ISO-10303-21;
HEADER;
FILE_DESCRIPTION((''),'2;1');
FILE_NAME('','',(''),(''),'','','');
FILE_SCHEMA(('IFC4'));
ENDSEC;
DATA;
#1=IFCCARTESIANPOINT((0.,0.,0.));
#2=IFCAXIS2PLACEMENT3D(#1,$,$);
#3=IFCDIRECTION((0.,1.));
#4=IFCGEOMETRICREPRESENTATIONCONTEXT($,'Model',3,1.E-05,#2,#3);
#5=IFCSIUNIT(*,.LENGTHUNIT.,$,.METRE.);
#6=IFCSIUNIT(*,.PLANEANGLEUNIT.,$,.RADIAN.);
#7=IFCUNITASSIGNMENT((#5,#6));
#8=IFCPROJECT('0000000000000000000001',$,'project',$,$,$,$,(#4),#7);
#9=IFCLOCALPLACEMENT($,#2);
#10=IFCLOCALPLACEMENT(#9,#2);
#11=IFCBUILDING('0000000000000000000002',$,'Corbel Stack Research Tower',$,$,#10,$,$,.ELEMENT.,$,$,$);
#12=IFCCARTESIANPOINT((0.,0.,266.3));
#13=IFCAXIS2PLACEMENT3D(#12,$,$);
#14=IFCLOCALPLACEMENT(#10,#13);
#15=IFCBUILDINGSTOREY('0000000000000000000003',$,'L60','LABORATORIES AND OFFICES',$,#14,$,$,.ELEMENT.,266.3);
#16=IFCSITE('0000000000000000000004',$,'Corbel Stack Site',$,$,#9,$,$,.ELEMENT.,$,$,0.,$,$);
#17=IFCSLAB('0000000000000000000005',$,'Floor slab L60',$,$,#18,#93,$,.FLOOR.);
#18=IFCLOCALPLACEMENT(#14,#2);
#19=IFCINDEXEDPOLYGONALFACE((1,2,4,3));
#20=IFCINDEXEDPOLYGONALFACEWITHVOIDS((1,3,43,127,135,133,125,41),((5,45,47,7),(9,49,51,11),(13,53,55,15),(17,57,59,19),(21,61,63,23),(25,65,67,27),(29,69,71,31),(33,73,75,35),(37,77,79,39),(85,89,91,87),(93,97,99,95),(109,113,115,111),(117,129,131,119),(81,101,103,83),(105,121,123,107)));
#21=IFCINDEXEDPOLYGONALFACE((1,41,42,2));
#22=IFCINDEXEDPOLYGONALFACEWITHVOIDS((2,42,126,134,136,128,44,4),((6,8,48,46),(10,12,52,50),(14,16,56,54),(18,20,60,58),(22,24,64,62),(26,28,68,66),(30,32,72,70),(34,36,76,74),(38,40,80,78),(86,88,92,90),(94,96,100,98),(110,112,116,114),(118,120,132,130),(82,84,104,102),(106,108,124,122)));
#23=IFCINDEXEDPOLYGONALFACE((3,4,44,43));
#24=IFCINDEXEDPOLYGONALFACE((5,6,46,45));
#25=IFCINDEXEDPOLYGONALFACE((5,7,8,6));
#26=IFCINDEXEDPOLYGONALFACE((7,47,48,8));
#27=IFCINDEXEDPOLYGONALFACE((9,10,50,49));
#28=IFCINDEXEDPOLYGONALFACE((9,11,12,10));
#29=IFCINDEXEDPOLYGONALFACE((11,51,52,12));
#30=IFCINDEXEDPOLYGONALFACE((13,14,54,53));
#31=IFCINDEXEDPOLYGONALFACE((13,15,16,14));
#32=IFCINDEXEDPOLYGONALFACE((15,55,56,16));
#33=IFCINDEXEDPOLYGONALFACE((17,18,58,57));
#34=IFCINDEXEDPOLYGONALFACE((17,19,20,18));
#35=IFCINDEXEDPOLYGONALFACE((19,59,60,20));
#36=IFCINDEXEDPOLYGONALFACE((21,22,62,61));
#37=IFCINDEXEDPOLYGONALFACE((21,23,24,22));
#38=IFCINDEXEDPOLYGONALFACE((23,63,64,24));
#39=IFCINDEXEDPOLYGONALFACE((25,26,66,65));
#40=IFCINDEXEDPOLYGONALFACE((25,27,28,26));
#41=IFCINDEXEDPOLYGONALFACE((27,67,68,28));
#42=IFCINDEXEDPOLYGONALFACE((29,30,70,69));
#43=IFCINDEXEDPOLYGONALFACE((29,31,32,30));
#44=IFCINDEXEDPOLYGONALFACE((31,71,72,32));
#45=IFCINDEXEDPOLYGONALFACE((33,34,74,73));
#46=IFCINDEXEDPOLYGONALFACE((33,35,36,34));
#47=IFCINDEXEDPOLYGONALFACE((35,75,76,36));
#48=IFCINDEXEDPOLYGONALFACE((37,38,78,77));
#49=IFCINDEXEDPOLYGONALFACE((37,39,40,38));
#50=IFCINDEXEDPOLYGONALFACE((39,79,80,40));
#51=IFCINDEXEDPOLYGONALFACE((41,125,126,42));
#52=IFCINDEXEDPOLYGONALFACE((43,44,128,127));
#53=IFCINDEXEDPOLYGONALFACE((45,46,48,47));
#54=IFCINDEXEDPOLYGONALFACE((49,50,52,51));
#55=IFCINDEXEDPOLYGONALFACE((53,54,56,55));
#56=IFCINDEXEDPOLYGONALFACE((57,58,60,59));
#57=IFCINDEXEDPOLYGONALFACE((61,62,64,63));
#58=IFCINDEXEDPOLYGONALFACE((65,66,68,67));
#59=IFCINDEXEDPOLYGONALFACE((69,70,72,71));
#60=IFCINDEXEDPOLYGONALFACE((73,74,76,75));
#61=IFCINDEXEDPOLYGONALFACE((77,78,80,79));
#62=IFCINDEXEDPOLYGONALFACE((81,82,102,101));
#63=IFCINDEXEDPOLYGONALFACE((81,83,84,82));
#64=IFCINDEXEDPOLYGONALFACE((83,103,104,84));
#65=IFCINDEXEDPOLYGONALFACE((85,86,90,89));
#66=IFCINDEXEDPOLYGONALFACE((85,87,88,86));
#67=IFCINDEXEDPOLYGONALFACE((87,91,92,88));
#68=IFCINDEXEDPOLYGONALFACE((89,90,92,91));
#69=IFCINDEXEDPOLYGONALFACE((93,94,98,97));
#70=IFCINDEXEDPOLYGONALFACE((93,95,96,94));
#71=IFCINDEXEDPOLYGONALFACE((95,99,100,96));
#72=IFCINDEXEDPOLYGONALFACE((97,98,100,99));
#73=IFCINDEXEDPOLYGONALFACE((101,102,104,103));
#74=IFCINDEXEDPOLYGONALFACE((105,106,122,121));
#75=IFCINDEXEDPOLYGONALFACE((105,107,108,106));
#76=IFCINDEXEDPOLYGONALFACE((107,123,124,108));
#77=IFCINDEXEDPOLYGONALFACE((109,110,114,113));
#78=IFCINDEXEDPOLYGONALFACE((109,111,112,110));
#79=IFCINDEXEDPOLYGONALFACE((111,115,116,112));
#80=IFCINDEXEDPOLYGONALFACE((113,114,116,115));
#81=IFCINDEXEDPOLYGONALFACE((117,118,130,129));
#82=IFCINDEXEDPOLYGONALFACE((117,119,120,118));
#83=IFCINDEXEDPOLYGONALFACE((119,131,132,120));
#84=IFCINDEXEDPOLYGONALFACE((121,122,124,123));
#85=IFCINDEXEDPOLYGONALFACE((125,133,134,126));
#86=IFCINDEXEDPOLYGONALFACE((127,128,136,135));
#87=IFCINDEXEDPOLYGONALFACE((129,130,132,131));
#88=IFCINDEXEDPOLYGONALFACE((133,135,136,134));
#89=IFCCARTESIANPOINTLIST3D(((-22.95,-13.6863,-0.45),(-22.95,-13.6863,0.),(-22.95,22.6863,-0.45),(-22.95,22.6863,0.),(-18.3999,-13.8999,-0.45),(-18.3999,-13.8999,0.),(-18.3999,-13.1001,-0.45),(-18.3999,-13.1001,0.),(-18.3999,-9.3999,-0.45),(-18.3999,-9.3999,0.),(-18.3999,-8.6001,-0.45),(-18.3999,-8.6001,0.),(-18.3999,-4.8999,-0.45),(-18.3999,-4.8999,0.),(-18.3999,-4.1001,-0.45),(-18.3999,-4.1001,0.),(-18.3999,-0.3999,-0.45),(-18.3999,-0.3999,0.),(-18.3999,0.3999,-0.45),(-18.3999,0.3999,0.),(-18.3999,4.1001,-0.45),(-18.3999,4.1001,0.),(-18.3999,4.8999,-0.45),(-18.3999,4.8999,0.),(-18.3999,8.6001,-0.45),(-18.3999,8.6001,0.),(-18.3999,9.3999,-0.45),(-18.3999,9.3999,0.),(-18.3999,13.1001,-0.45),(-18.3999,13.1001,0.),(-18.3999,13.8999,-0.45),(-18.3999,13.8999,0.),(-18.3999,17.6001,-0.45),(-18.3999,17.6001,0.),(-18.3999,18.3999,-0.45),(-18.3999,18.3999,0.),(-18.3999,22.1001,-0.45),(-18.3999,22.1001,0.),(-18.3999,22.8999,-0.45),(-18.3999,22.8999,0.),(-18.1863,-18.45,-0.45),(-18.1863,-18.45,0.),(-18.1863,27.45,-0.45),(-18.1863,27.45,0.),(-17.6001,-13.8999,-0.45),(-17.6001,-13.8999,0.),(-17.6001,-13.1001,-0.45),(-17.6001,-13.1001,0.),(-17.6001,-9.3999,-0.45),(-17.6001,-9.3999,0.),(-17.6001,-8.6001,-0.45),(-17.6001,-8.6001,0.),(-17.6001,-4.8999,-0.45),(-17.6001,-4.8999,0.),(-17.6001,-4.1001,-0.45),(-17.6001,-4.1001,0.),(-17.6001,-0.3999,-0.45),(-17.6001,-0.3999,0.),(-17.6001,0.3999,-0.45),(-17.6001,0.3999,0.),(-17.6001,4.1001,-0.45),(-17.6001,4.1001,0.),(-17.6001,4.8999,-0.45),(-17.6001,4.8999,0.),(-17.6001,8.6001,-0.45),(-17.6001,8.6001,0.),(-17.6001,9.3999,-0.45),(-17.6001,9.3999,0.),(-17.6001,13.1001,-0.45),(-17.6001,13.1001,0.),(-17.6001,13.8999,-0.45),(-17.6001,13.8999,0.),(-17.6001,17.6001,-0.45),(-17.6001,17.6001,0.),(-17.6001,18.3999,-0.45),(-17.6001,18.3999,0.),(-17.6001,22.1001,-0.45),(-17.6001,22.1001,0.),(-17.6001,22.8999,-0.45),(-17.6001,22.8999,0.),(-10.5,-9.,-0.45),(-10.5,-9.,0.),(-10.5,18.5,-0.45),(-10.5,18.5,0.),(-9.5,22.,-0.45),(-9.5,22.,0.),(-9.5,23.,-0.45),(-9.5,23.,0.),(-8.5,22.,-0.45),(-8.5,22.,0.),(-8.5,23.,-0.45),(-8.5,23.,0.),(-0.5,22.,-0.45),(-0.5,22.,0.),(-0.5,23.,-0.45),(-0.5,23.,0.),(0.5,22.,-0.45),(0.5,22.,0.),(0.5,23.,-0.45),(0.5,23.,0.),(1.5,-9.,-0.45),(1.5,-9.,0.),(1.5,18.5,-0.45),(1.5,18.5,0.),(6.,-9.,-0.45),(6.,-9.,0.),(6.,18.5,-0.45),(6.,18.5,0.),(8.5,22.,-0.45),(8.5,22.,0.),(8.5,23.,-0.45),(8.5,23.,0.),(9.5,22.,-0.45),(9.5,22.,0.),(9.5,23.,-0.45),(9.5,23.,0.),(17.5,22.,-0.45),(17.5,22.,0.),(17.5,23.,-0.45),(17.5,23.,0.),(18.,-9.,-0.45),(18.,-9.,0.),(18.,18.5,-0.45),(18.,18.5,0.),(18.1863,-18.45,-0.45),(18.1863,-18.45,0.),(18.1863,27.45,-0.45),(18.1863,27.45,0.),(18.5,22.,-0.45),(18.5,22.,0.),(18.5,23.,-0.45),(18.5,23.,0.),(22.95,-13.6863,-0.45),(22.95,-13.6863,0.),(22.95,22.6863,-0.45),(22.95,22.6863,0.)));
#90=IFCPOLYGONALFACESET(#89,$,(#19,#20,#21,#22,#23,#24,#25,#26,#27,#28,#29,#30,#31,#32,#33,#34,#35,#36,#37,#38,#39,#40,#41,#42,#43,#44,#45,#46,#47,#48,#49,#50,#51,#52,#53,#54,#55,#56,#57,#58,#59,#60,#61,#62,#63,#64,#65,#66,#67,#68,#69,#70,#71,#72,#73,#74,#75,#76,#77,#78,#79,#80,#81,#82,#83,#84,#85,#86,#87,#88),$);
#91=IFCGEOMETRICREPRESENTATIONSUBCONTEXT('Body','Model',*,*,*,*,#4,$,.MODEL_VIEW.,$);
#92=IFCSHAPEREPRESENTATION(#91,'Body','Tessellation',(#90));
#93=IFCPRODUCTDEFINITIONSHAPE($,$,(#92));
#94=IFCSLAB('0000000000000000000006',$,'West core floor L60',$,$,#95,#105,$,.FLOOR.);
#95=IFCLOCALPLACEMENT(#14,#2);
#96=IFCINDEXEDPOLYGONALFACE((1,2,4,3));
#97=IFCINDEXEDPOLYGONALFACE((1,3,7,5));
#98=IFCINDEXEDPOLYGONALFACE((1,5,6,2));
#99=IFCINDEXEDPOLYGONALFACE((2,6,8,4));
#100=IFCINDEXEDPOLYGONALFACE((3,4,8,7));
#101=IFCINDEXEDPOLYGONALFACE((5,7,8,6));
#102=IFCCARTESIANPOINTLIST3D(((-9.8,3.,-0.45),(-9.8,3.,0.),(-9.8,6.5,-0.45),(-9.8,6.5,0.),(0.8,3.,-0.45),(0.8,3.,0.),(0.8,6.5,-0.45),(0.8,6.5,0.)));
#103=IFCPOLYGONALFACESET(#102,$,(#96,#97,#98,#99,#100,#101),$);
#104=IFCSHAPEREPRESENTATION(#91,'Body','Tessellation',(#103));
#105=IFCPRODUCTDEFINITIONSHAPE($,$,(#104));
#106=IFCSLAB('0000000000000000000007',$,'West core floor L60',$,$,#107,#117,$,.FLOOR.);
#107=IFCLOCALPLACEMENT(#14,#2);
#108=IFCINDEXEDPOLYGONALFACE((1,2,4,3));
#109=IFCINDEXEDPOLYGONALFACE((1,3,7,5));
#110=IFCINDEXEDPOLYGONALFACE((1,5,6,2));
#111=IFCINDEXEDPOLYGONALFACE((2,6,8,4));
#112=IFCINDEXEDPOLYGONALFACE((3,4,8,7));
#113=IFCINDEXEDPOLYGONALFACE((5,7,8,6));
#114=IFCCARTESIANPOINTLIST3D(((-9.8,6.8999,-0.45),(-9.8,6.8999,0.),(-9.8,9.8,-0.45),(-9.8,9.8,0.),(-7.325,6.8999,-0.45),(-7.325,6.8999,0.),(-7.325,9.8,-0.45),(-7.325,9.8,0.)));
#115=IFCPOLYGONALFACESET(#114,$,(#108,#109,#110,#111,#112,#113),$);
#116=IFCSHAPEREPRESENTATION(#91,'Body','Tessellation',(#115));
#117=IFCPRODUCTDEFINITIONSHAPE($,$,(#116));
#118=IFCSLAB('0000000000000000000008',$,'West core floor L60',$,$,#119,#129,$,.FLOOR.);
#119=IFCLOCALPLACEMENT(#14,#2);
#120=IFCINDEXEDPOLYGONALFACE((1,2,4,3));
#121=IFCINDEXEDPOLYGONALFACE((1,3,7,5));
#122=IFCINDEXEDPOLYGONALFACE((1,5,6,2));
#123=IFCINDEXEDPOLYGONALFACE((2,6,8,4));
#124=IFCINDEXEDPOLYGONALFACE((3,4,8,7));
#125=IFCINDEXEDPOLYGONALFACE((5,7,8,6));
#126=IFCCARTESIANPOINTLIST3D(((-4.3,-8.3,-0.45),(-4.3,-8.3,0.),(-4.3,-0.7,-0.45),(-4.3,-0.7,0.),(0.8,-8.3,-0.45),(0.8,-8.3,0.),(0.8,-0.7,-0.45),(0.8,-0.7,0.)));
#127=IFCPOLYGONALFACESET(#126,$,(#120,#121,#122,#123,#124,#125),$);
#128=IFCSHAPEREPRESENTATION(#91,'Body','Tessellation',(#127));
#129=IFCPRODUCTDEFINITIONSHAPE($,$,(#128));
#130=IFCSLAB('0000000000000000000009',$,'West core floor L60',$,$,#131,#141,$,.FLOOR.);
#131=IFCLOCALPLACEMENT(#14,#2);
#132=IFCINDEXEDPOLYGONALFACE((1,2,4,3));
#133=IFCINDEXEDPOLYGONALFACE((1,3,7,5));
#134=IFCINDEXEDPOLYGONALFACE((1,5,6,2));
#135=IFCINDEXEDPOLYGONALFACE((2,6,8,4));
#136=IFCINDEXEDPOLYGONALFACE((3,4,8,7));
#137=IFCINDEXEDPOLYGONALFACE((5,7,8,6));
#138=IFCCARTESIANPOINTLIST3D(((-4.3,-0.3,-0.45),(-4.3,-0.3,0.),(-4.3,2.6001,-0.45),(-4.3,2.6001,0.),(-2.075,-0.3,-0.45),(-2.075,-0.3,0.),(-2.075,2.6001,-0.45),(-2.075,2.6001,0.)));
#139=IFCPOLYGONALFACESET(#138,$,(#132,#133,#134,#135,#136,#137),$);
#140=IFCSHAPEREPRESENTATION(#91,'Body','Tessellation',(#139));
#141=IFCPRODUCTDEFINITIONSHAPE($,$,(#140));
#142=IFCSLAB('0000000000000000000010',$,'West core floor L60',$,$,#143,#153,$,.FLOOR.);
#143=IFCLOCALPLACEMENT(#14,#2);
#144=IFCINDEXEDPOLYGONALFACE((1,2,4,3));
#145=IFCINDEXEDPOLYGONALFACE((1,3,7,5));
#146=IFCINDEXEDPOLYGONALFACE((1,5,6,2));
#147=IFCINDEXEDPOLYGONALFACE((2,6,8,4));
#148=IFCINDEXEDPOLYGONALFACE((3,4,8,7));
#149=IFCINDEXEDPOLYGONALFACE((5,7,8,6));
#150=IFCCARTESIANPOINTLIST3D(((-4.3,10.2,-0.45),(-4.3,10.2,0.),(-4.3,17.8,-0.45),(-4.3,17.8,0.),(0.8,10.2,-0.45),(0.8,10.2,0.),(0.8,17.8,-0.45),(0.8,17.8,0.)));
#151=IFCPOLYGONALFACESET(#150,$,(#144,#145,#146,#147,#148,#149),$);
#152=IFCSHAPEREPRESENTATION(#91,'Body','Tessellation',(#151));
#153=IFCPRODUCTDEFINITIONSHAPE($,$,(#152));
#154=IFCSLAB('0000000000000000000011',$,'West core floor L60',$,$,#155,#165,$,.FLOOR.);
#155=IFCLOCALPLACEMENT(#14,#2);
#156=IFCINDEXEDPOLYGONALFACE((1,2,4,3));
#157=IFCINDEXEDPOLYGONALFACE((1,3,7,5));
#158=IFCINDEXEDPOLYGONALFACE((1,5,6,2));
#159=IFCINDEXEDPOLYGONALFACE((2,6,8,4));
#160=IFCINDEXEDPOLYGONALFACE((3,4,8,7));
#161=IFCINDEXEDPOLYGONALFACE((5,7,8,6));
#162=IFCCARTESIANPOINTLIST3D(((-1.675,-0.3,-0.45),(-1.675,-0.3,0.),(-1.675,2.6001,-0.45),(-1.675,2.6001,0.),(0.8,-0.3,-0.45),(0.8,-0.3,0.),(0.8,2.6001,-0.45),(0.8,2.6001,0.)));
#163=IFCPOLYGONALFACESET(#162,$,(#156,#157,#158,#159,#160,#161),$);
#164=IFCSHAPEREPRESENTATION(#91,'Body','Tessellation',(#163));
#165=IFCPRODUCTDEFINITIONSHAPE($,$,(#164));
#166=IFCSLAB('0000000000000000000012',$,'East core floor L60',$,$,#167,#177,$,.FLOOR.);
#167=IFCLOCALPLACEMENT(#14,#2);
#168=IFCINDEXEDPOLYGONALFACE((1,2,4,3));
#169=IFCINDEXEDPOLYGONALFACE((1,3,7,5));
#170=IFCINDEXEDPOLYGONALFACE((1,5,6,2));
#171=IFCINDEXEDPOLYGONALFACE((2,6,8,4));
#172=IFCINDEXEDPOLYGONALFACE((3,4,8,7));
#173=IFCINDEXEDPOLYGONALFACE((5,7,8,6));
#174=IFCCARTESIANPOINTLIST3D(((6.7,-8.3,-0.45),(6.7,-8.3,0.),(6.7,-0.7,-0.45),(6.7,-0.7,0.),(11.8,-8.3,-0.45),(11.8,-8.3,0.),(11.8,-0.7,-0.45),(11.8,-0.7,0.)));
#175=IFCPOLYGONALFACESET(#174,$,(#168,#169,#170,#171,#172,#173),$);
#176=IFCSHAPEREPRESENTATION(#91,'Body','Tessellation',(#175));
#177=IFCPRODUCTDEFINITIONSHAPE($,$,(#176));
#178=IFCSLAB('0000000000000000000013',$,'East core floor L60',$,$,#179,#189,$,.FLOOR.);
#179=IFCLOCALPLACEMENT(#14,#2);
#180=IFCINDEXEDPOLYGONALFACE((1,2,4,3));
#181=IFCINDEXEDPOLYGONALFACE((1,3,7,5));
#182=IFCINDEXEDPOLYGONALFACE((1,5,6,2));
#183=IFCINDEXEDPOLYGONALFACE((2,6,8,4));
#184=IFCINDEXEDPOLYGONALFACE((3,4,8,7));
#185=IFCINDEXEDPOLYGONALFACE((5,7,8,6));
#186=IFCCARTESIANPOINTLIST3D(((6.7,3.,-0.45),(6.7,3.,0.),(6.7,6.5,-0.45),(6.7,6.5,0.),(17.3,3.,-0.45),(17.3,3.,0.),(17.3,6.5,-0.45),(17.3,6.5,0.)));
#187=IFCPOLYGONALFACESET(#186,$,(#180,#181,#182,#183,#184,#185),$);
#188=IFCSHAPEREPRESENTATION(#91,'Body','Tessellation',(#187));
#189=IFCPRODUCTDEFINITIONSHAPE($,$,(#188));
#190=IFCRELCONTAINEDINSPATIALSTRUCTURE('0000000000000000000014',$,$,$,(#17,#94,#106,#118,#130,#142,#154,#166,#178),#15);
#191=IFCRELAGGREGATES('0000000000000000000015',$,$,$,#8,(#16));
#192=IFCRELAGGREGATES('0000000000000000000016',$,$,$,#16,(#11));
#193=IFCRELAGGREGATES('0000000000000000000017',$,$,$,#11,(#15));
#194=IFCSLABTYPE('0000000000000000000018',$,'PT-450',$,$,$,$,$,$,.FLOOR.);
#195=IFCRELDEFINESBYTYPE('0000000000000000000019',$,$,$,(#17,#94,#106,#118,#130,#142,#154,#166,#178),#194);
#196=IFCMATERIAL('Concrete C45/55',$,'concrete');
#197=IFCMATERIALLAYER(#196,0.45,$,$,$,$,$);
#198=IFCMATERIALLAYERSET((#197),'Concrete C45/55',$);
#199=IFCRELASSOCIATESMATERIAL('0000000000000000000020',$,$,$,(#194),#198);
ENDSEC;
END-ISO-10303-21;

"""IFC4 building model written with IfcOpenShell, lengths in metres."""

from ifc_helpers import new_model, si_unit, direction, frame, origin, place, context, subcontext, project, spatial, polyline, outline, extrude, material, layer, layer_set, type_object, element, save


model = new_model("IFC4")

# Units and contexts
model_context = context("Model", 3, precision=1e-05, world=origin(), true_north=direction((0.0, 1.0)))
body_context = subcontext(model_context, "Body", "Model", "MODEL_VIEW")
ifc_project = project(units=[si_unit("LENGTHUNIT", "METRE"), si_unit("PLANEANGLEUNIT", "RADIAN")], contexts=[model_context])

# Site, building, storey
site_placement = place(None, origin())
site = spatial("IfcSite", under=ifc_project, at=site_placement, Name="Corbel Stack Site", CompositionType="ELEMENT", RefElevation=0.0)
building_placement = place(site_placement, origin())
building = spatial("IfcBuilding", under=site, at=building_placement, Name="Corbel Stack Research Tower", CompositionType="ELEMENT")
storey_placement = place(building_placement, frame((0.0, 0.0, 266.3)))
storey = spatial("IfcBuildingStorey", under=building, at=storey_placement, Name="L60", Description="LABORATORIES AND OFFICES", CompositionType="ELEMENT", Elevation=266.3)

# Slabs
ifc_material_1 = material(Name="Concrete C45/55", Category="concrete")
ifc_layer_1 = layer(ifc_material_1, 0.45)
ifc_layer_set_1 = layer_set([ifc_layer_1], Name="Concrete C45/55")
slab_type_1 = type_object("IfcSlabType", Name="PT-450", PredefinedType="FLOOR", material=ifc_layer_set_1)
slab_1_placement = place(storey_placement, frame((0.0, 0.0, -0.45)))
element("IfcSlab", 1, at=slab_1_placement, inside=storey, type_object=slab_type_1, Name="Floor slab L60", PredefinedType="FLOOR", context=body_context, shape_type="SweptSolid", body=[
    extrude(outline(polyline([(-18.1863, -18.45), (18.1863, -18.45), (22.95, -13.6863), (22.95, 22.6863), (18.1863, 27.45), (-18.1863, 27.45), (-22.95, 22.6863), (-22.95, -13.6863), (-18.1863, -18.45)]), holes=[polyline([(18.5, 22.0), (17.5, 22.0), (17.5, 23.0), (18.5, 23.0), (18.5, 22.0)]), polyline([(18.0, -9.0), (6.0, -9.0), (6.0, 18.5), (18.0, 18.5), (18.0, -9.0)]), polyline([(9.5, 22.0), (8.5, 22.0), (8.5, 23.0), (9.5, 23.0), (9.5, 22.0)]), polyline([(1.5, -9.0), (-10.5, -9.0), (-10.5, 18.5), (1.5, 18.5), (1.5, -9.0)]), polyline([(0.5, 22.0), (-0.5, 22.0), (-0.5, 23.0), (0.5, 23.0), (0.5, 22.0)]), polyline([(-8.5, 22.0), (-9.5, 22.0), (-9.5, 23.0), (-8.5, 23.0), (-8.5, 22.0)]), polyline([(-17.6001, -13.1001), (-17.6001, -13.8999), (-18.3999, -13.8999), (-18.3999, -13.1001), (-17.6001, -13.1001)]), polyline([(-17.6001, -9.3999), (-18.3999, -9.3999), (-18.3999, -8.6001), (-17.6001, -8.6001), (-17.6001, -9.3999)]), polyline([(-17.6001, -4.8999), (-18.3999, -4.8999), (-18.3999, -4.1001), (-17.6001, -4.1001), (-17.6001, -4.8999)]), polyline([(-17.6001, -0.3999), (-18.3999, -0.3999), (-18.3999, 0.3999), (-17.6001, 0.3999), (-17.6001, -0.3999)]), polyline([(-17.6001, 4.1001), (-18.3999, 4.1001), (-18.3999, 4.8999), (-17.6001, 4.8999), (-17.6001, 4.1001)]), polyline([(-17.6001, 8.6001), (-18.3999, 8.6001), (-18.3999, 9.3999), (-17.6001, 9.3999), (-17.6001, 8.6001)]), polyline([(-17.6001, 13.1001), (-18.3999, 13.1001), (-18.3999, 13.8999), (-17.6001, 13.8999), (-17.6001, 13.1001)]), polyline([(-17.6001, 17.6001), (-18.3999, 17.6001), (-18.3999, 18.3999), (-17.6001, 18.3999), (-17.6001, 17.6001)]), polyline([(-17.6001, 22.1001), (-18.3999, 22.1001), (-18.3999, 22.8999), (-17.6001, 22.8999), (-17.6001, 22.1001)])]), origin(), (0.0, 0.0, 1.0), 0.45),
])
slab_2_placement = place(storey_placement, frame((0.0, 0.0, -0.45)))
element("IfcSlab", 2, at=slab_2_placement, inside=storey, type_object=slab_type_1, Name="West core floor L60", PredefinedType="FLOOR", context=body_context, shape_type="SweptSolid", body=[
    extrude(outline(polyline([(-9.8, 6.5), (-9.8, 3.0), (0.8, 3.0), (0.8, 6.5), (-9.8, 6.5)])), origin(), (0.0, 0.0, 1.0), 0.45),
])
slab_3_placement = place(storey_placement, frame((0.0, 0.0, -0.45)))
element("IfcSlab", 3, at=slab_3_placement, inside=storey, type_object=slab_type_1, Name="West core floor L60", PredefinedType="FLOOR", context=body_context, shape_type="SweptSolid", body=[
    extrude(outline(polyline([(-9.8, 6.8999), (-7.325, 6.8999), (-7.325, 9.8), (-9.8, 9.8), (-9.8, 6.8999)])), origin(), (0.0, 0.0, 1.0), 0.45),
])
slab_4_placement = place(storey_placement, frame((0.0, 0.0, -0.45)))
element("IfcSlab", 4, at=slab_4_placement, inside=storey, type_object=slab_type_1, Name="West core floor L60", PredefinedType="FLOOR", context=body_context, shape_type="SweptSolid", body=[
    extrude(outline(polyline([(-4.3, -0.7), (-4.3, -8.3), (0.8, -8.3), (0.8, -0.7), (-4.3, -0.7)])), origin(), (0.0, 0.0, 1.0), 0.45),
])
slab_5_placement = place(storey_placement, frame((0.0, 0.0, -0.45)))
element("IfcSlab", 5, at=slab_5_placement, inside=storey, type_object=slab_type_1, Name="West core floor L60", PredefinedType="FLOOR", context=body_context, shape_type="SweptSolid", body=[
    extrude(outline(polyline([(-4.3, 2.6001), (-4.3, -0.3), (-2.075, -0.3), (-2.075, 2.6001), (-4.3, 2.6001)])), origin(), (0.0, 0.0, 1.0), 0.45),
])
slab_6_placement = place(storey_placement, frame((0.0, 0.0, -0.45)))
element("IfcSlab", 6, at=slab_6_placement, inside=storey, type_object=slab_type_1, Name="West core floor L60", PredefinedType="FLOOR", context=body_context, shape_type="SweptSolid", body=[
    extrude(outline(polyline([(-4.3, 17.8), (-4.3, 10.2), (0.8, 10.2), (0.8, 17.8), (-4.3, 17.8)])), origin(), (0.0, 0.0, 1.0), 0.45),
])
slab_7_placement = place(storey_placement, frame((0.0, 0.0, -0.45)))
element("IfcSlab", 7, at=slab_7_placement, inside=storey, type_object=slab_type_1, Name="West core floor L60", PredefinedType="FLOOR", context=body_context, shape_type="SweptSolid", body=[
    extrude(outline(polyline([(-1.675, 2.6001), (-1.675, -0.3), (0.8, -0.3), (0.8, 2.6001), (-1.675, 2.6001)])), origin(), (0.0, 0.0, 1.0), 0.45),
])
slab_8_placement = place(storey_placement, frame((0.0, 0.0, -0.45)))
element("IfcSlab", 8, at=slab_8_placement, inside=storey, type_object=slab_type_1, Name="East core floor L60", PredefinedType="FLOOR", context=body_context, shape_type="SweptSolid", body=[
    extrude(outline(polyline([(6.7, -8.3), (11.8, -8.3), (11.8, -0.7), (6.7, -0.7), (6.7, -8.3)])), origin(), (0.0, 0.0, 1.0), 0.45),
])
slab_9_placement = place(storey_placement, frame((0.0, 0.0, -0.45)))
element("IfcSlab", 9, at=slab_9_placement, inside=storey, type_object=slab_type_1, Name="East core floor L60", PredefinedType="FLOOR", context=body_context, shape_type="SweptSolid", body=[
    extrude(outline(polyline([(6.7, 3.0), (17.3, 3.0), (17.3, 6.5), (6.7, 6.5), (6.7, 3.0)])), origin(), (0.0, 0.0, 1.0), 0.45),
])

save(model, "model.ifc")
